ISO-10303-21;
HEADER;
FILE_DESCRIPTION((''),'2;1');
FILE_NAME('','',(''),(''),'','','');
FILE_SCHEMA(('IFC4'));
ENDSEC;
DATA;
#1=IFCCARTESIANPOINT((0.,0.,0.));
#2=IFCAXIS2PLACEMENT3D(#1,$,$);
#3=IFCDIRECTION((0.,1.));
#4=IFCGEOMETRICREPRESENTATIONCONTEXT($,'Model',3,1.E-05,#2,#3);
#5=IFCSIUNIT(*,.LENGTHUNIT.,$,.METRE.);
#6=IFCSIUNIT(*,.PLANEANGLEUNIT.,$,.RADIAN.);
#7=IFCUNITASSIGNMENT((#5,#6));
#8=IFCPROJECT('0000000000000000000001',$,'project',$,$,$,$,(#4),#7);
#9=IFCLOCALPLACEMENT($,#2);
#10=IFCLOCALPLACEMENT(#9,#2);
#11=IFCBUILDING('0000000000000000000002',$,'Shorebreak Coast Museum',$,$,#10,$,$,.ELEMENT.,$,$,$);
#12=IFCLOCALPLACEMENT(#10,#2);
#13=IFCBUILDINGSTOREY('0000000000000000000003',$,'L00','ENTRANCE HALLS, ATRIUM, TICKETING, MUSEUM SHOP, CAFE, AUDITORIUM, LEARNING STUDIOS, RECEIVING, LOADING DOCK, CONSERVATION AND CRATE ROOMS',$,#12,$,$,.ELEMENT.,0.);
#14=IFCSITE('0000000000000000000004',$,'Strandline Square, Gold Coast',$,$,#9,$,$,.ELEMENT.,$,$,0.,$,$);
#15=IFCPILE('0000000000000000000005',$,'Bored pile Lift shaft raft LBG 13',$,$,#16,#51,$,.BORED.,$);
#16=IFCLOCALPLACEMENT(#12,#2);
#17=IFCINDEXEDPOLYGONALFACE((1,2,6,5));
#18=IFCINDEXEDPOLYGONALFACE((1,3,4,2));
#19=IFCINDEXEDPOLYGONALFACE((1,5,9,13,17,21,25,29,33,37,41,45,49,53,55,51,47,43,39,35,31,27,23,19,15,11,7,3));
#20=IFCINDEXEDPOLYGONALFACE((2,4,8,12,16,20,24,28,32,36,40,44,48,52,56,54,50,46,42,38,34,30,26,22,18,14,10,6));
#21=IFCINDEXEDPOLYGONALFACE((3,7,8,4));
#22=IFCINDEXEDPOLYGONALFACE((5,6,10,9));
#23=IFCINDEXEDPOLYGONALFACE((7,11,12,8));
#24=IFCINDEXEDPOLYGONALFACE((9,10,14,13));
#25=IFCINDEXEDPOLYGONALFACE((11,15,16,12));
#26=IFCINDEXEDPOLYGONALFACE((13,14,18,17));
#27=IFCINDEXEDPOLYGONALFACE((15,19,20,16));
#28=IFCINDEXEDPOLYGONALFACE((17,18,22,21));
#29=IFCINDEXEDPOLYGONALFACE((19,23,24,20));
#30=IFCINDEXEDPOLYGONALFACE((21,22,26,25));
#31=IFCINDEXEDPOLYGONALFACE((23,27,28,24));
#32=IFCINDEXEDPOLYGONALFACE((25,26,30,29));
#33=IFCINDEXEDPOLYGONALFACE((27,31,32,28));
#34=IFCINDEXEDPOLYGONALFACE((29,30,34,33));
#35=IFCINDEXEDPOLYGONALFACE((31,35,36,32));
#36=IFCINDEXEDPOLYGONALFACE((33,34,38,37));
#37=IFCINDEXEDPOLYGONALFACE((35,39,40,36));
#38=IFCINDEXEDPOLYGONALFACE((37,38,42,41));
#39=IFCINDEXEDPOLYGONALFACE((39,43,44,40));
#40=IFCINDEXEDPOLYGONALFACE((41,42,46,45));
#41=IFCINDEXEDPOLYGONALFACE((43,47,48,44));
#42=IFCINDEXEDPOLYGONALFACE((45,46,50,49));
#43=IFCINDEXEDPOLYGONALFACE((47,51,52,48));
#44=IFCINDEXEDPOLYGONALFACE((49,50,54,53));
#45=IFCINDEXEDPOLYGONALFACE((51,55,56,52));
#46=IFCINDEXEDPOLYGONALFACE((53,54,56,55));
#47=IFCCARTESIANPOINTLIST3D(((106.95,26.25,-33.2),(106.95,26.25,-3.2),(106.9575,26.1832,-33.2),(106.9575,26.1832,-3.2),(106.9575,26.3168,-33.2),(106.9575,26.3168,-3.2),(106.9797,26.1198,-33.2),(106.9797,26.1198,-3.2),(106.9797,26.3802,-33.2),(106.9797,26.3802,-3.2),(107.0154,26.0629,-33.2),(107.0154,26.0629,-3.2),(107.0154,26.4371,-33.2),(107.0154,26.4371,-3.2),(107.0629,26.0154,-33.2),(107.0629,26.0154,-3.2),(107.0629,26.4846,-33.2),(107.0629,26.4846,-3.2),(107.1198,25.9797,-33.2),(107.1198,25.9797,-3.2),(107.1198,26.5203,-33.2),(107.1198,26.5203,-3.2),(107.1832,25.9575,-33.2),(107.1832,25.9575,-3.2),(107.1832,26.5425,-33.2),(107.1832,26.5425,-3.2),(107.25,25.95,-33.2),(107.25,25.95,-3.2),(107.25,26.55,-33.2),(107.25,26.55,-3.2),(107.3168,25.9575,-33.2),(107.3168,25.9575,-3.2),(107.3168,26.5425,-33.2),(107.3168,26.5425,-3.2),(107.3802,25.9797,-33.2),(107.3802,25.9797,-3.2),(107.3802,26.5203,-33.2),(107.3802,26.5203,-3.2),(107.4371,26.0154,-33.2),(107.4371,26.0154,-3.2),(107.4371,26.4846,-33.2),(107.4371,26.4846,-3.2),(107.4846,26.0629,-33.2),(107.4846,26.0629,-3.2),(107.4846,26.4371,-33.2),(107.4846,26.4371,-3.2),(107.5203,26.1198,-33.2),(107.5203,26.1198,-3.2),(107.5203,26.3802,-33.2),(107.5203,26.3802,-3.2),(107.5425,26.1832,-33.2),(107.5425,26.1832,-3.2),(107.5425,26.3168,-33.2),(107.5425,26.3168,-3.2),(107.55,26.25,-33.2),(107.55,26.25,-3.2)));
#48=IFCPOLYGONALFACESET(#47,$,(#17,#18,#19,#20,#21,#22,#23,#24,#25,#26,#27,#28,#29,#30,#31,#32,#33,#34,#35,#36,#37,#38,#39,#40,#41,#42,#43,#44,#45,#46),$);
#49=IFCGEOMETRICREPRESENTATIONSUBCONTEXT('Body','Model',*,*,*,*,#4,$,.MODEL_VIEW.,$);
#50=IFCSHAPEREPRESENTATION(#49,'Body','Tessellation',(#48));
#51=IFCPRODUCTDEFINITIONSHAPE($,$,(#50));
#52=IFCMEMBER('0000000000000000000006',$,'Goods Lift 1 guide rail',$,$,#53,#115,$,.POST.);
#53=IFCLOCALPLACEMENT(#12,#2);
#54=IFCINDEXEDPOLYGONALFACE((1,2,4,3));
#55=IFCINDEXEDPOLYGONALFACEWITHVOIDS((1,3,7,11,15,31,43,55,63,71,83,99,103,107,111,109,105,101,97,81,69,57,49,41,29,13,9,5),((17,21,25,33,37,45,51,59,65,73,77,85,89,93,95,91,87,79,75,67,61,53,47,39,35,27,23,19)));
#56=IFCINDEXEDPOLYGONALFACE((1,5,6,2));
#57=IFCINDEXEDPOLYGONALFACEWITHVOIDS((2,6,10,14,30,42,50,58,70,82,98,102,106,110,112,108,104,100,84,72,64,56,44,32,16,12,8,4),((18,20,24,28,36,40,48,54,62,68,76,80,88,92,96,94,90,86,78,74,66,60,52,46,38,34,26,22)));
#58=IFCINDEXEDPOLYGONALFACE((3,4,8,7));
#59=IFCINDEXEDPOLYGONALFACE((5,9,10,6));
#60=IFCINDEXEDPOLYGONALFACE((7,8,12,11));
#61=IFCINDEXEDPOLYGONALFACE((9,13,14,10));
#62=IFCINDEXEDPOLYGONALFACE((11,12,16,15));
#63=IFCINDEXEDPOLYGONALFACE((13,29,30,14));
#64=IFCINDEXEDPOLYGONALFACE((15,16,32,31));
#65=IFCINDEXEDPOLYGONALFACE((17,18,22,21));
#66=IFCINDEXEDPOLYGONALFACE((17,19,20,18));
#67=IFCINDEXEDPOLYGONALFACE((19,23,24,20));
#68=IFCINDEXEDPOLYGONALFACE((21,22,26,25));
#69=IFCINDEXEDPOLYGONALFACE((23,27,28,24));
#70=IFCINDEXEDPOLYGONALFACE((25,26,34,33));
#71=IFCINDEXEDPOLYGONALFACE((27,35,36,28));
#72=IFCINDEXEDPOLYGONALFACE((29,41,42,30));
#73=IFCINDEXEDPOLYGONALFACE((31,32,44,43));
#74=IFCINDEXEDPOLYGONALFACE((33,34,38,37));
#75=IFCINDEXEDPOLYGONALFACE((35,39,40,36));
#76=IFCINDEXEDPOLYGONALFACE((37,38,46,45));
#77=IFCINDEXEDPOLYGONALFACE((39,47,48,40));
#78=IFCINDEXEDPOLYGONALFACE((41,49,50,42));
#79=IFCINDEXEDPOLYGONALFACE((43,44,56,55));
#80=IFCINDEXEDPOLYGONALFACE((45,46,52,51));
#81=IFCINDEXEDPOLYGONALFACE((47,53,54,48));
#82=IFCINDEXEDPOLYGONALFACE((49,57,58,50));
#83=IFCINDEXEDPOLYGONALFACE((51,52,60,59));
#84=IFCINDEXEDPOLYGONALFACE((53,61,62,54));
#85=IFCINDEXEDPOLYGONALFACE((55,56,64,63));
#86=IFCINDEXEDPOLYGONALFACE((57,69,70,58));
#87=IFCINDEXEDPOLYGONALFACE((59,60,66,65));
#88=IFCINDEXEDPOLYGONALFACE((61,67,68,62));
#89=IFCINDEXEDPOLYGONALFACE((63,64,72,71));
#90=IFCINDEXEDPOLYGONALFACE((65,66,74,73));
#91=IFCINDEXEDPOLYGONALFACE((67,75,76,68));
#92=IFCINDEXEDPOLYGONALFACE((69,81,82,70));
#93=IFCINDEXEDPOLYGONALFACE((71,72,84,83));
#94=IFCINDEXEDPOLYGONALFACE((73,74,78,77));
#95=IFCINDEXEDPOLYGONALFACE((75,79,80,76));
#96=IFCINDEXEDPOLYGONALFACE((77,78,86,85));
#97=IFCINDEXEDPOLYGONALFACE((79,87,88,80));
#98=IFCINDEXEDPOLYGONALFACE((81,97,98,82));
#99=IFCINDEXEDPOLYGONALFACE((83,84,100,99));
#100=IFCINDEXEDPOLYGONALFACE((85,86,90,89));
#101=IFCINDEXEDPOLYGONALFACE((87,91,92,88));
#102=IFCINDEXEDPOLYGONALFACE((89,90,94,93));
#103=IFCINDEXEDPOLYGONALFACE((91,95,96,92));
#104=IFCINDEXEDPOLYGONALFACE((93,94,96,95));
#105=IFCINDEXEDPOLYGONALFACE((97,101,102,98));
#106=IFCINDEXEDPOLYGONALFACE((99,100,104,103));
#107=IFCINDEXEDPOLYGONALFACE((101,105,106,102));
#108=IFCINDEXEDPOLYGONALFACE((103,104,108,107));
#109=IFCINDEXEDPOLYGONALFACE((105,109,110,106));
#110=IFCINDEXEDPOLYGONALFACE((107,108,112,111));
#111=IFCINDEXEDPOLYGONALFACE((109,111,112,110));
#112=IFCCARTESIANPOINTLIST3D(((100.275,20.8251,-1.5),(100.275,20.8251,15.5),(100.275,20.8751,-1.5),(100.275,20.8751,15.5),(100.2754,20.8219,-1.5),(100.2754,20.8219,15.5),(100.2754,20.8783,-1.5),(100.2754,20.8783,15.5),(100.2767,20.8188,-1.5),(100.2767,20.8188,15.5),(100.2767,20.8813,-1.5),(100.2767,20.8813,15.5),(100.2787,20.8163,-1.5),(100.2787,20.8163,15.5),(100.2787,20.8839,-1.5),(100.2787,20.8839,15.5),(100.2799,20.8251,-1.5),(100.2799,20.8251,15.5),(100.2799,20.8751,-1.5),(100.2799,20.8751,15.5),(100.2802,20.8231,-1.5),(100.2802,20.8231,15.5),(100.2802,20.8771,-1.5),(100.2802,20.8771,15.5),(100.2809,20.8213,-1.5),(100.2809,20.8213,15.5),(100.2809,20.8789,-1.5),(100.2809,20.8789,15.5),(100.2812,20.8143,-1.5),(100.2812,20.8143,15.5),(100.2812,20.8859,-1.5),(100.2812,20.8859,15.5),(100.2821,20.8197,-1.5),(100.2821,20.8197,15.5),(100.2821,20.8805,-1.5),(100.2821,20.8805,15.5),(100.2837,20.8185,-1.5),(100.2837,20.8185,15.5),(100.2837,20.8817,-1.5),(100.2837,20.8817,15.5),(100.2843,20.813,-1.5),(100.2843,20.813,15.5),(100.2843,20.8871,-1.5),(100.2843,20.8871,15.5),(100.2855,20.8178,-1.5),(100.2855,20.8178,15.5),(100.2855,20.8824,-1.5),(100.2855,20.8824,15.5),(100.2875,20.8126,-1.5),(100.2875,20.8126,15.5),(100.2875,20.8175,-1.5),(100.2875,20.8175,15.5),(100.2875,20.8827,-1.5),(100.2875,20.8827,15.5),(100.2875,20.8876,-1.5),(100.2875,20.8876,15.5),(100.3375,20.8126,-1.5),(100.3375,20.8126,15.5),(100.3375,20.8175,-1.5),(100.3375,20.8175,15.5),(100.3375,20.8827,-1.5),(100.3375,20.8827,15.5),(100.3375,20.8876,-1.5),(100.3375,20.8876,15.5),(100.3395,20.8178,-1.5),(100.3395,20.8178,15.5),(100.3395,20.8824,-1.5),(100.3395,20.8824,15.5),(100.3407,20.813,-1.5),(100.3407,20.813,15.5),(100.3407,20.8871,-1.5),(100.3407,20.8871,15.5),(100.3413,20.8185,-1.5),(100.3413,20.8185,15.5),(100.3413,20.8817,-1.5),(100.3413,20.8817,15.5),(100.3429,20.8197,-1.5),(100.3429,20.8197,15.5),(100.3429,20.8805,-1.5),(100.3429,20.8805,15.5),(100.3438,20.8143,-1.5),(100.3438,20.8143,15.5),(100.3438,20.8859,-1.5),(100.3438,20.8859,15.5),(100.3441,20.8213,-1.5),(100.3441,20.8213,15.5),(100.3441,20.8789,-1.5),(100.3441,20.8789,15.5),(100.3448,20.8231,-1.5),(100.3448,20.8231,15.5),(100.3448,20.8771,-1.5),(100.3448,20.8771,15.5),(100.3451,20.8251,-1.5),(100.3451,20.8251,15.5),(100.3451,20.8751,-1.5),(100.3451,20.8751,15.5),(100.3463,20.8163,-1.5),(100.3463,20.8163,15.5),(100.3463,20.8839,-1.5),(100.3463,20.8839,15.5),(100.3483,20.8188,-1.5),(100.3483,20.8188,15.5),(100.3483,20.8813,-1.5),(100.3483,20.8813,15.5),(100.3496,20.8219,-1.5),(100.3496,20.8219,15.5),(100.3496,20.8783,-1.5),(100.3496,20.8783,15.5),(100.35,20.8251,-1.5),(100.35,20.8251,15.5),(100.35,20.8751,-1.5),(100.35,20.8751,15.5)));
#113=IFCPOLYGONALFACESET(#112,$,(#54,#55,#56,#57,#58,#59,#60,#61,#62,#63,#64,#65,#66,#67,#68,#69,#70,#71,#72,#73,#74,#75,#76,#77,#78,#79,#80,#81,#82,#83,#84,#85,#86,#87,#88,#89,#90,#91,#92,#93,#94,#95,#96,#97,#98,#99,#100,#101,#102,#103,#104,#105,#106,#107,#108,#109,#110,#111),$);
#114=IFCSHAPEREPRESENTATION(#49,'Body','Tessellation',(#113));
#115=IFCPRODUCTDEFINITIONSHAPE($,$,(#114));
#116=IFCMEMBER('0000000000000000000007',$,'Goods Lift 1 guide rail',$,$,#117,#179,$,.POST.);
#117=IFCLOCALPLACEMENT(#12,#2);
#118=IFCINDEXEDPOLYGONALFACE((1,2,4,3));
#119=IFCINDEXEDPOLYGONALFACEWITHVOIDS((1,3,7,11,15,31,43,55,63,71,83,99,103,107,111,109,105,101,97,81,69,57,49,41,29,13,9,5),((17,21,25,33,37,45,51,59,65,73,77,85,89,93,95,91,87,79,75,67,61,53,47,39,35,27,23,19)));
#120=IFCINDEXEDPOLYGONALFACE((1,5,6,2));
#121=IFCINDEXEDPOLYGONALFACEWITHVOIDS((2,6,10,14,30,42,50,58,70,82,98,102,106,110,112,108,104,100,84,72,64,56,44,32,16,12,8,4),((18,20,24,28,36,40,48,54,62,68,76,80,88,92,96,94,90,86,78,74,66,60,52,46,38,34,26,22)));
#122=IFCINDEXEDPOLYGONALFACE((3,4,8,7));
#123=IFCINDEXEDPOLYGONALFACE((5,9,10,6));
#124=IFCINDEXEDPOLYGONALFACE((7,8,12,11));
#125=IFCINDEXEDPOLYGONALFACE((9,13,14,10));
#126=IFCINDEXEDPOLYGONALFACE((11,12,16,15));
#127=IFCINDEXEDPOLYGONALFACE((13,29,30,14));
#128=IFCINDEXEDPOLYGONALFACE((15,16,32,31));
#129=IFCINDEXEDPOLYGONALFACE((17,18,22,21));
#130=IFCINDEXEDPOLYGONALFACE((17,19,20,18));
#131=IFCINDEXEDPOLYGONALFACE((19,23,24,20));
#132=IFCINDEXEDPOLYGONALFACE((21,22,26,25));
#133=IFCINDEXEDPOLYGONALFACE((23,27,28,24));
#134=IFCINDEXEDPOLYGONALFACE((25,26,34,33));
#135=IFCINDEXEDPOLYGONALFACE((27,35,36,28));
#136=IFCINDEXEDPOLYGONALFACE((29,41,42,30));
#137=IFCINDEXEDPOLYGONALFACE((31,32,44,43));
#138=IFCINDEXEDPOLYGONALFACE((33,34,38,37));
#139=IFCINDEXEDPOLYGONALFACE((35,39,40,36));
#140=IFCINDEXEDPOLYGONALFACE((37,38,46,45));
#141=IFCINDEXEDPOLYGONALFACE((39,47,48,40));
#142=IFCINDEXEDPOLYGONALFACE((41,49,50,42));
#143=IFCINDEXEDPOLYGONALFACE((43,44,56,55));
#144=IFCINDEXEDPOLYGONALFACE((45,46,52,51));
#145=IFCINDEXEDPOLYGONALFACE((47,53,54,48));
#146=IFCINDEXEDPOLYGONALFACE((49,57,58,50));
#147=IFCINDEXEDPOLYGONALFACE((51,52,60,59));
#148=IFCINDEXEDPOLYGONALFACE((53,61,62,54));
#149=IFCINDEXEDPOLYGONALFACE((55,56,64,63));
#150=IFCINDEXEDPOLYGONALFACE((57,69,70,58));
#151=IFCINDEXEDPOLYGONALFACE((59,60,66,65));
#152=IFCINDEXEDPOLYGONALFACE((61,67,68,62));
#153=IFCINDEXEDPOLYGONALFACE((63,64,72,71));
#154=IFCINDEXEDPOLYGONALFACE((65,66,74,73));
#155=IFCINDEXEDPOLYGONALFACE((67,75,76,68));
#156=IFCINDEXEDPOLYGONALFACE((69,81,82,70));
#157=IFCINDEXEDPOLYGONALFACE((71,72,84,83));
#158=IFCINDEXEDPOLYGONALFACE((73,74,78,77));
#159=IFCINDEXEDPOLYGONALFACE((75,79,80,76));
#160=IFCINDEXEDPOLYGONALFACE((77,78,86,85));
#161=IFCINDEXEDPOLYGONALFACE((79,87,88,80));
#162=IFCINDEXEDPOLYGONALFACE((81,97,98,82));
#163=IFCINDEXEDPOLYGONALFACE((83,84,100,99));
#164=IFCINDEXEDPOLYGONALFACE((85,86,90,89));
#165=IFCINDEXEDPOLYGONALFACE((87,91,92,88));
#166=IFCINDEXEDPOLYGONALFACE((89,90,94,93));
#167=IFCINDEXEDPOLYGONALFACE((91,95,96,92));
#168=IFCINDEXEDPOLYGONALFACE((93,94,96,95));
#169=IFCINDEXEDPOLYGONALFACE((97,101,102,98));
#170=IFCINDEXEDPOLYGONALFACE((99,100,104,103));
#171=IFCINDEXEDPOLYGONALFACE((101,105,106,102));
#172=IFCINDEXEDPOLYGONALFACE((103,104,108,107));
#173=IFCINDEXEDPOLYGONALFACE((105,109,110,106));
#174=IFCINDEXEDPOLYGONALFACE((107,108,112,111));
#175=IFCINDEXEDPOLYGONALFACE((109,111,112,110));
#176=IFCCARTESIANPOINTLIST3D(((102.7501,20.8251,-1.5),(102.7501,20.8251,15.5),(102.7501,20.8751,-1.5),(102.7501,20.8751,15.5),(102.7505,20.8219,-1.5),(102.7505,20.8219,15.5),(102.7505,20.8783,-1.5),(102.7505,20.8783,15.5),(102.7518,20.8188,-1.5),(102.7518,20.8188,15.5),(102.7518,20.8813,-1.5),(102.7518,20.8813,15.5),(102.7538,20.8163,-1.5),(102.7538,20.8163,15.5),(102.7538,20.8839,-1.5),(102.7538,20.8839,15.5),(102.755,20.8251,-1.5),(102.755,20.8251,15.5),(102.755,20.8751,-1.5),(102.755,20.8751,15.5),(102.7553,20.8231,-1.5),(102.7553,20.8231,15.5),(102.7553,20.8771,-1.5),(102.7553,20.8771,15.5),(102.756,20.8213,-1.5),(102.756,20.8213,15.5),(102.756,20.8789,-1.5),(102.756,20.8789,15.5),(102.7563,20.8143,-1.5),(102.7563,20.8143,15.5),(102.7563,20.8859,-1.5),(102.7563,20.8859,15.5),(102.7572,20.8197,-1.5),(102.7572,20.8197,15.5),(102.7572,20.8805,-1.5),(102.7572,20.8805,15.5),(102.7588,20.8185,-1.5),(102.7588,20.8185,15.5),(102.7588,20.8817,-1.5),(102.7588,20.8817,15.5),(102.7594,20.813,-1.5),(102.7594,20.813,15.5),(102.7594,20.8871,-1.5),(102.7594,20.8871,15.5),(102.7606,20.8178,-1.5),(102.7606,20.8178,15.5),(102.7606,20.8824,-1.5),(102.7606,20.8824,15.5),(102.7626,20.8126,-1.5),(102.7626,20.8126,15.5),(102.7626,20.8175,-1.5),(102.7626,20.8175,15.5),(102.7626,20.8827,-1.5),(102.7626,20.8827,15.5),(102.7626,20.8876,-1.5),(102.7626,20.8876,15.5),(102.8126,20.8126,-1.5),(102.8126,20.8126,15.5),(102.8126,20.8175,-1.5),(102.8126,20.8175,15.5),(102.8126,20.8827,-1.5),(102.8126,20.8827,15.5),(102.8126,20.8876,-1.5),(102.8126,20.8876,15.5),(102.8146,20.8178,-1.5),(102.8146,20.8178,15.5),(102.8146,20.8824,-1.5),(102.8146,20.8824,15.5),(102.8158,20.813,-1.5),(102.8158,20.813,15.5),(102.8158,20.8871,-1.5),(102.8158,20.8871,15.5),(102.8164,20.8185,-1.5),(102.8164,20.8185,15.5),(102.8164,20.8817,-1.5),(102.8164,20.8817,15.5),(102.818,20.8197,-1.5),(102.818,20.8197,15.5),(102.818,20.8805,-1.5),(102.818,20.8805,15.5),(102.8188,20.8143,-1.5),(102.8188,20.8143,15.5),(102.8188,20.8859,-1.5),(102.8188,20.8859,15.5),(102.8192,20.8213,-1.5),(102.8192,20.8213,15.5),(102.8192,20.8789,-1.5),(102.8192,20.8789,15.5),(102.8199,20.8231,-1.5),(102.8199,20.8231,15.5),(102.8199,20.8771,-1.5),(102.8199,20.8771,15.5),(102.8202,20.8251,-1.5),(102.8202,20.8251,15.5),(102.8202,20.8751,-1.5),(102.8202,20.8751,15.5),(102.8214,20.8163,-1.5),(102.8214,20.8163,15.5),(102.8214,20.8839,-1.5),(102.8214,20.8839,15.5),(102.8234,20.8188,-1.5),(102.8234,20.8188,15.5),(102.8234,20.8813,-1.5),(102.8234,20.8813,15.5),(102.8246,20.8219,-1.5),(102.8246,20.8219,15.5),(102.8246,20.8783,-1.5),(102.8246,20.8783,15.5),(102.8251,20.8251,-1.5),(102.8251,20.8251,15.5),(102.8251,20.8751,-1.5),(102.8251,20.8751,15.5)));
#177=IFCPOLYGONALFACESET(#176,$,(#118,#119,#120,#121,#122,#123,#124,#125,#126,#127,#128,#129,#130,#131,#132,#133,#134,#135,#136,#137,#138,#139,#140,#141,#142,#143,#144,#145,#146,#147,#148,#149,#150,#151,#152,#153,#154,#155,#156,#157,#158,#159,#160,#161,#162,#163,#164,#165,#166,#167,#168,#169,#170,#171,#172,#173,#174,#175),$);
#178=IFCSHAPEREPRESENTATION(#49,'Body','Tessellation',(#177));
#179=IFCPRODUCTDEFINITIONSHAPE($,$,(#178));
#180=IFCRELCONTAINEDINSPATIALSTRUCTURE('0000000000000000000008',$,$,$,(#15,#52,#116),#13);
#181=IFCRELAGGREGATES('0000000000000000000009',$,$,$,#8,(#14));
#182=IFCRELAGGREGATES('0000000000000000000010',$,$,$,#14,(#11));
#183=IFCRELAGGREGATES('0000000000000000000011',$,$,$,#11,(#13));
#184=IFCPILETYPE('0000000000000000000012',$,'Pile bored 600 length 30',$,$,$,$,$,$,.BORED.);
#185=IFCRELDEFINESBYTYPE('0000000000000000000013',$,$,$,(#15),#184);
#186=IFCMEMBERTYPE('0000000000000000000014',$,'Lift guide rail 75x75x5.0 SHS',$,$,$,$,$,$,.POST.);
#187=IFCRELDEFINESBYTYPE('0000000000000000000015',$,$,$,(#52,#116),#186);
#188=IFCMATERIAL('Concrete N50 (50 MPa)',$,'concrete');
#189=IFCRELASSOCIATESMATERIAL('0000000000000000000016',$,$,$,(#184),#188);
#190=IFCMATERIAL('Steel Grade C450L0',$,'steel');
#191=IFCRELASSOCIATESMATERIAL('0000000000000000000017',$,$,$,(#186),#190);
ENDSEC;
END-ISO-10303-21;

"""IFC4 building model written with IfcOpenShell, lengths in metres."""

from ifc_helpers import new_model, si_unit, direction, frame, origin, origin_2d, place, context, subcontext, project, spatial, hollow_rectangle, circle, extrude, material, material_profile, profile_set, type_object, element, save


model = new_model("IFC4")

# Units and contexts
model_context = context("Model", 3, precision=1e-05, world=origin(), true_north=direction((0.0, 1.0)))
body_context = subcontext(model_context, "Body", "Model", "MODEL_VIEW")
ifc_project = project(units=[si_unit("LENGTHUNIT", "METRE"), si_unit("PLANEANGLEUNIT", "RADIAN")], contexts=[model_context])

# Site, building, storey
site_placement = place(None, origin())
site = spatial("IfcSite", under=ifc_project, at=site_placement, Name="Strandline Square, Gold Coast", CompositionType="ELEMENT", RefElevation=0.0)
building_placement = place(site_placement, origin())
building = spatial("IfcBuilding", under=site, at=building_placement, Name="Shorebreak Coast Museum", CompositionType="ELEMENT")
storey_placement = place(building_placement, origin())
storey = spatial("IfcBuildingStorey", under=building, at=storey_placement, Name="L00", Description="ENTRANCE HALLS, ATRIUM, TICKETING, MUSEUM SHOP, CAFE, AUDITORIUM, LEARNING STUDIOS, RECEIVING, LOADING DOCK, CONSERVATION AND CRATE ROOMS", CompositionType="ELEMENT", Elevation=0.0)

# Pile
ifc_material_1 = material(Name="Concrete N50 (50 MPa)", Category="concrete")
ifc_material_profile_1 = material_profile(ifc_material_1, circle(Radius=0.3, at=origin_2d()), Name="Pile bored 600 length 30")
ifc_profile_set_1 = profile_set([ifc_material_profile_1], Name="Concrete N50 (50 MPa)")
pile_type = type_object("IfcPileType", Name="Pile bored 600 length 30", PredefinedType="BORED", material=ifc_profile_set_1)
for number, where, z_axis, x_axis, name in (
    (1, (107.25, 26.25, -3.2), (0.0, 0.0, -1.0), (1.0, 0.0, 0.0), "Bored pile Lift shaft raft LBG 13"),
):
    element("IfcPile", number, at=place(storey_placement, frame(where, z_axis=z_axis, x_axis=x_axis)), inside=storey, type_object=pile_type, Name=name, PredefinedType="BORED", context=body_context, shape_type="SweptSolid", body=[
        extrude(circle(Radius=0.3, at=origin_2d()), origin(), (0.0, 0.0, 1.0), 30.0),
    ])

# Members
ifc_material_2 = material(Name="Steel Grade C450L0", Category="steel")
ifc_material_profile_2 = material_profile(ifc_material_2, hollow_rectangle(XDim=0.075, YDim=0.075, WallThickness=0.0049, InnerFilletRadius=0.0076, OuterFilletRadius=0.0125, at=origin_2d()), Name="75x75x5.0 SHS")
ifc_profile_set_2 = profile_set([ifc_material_profile_2], Name="Steel Grade C450L0")
member_type = type_object("IfcMemberType", Name="Lift guide rail 75x75x5.0 SHS", PredefinedType="POST", material=ifc_profile_set_2)
for number, where, z_axis, x_axis, name in (
    (2, (100.3125, 20.8501, -1.5), (0.0, 0.0, 1.0), (1.0, 0.0, 0.0), "Goods Lift 1 guide rail"),
    (3, (102.7876, 20.8501, -1.5), (0.0, 0.0, 1.0), (1.0, 0.0, 0.0), "Goods Lift 1 guide rail"),
):
    element("IfcMember", number, at=place(storey_placement, frame(where, z_axis=z_axis, x_axis=x_axis)), inside=storey, type_object=member_type, Name=name, PredefinedType="POST", context=body_context, shape_type="SweptSolid", body=[
        extrude(hollow_rectangle(XDim=0.075, YDim=0.075, WallThickness=0.0049, InnerFilletRadius=0.0076, OuterFilletRadius=0.0125, at=origin_2d()), origin(), (0.0, 0.0, 1.0), 17.0),
    ])

save(model, "model.ifc")
